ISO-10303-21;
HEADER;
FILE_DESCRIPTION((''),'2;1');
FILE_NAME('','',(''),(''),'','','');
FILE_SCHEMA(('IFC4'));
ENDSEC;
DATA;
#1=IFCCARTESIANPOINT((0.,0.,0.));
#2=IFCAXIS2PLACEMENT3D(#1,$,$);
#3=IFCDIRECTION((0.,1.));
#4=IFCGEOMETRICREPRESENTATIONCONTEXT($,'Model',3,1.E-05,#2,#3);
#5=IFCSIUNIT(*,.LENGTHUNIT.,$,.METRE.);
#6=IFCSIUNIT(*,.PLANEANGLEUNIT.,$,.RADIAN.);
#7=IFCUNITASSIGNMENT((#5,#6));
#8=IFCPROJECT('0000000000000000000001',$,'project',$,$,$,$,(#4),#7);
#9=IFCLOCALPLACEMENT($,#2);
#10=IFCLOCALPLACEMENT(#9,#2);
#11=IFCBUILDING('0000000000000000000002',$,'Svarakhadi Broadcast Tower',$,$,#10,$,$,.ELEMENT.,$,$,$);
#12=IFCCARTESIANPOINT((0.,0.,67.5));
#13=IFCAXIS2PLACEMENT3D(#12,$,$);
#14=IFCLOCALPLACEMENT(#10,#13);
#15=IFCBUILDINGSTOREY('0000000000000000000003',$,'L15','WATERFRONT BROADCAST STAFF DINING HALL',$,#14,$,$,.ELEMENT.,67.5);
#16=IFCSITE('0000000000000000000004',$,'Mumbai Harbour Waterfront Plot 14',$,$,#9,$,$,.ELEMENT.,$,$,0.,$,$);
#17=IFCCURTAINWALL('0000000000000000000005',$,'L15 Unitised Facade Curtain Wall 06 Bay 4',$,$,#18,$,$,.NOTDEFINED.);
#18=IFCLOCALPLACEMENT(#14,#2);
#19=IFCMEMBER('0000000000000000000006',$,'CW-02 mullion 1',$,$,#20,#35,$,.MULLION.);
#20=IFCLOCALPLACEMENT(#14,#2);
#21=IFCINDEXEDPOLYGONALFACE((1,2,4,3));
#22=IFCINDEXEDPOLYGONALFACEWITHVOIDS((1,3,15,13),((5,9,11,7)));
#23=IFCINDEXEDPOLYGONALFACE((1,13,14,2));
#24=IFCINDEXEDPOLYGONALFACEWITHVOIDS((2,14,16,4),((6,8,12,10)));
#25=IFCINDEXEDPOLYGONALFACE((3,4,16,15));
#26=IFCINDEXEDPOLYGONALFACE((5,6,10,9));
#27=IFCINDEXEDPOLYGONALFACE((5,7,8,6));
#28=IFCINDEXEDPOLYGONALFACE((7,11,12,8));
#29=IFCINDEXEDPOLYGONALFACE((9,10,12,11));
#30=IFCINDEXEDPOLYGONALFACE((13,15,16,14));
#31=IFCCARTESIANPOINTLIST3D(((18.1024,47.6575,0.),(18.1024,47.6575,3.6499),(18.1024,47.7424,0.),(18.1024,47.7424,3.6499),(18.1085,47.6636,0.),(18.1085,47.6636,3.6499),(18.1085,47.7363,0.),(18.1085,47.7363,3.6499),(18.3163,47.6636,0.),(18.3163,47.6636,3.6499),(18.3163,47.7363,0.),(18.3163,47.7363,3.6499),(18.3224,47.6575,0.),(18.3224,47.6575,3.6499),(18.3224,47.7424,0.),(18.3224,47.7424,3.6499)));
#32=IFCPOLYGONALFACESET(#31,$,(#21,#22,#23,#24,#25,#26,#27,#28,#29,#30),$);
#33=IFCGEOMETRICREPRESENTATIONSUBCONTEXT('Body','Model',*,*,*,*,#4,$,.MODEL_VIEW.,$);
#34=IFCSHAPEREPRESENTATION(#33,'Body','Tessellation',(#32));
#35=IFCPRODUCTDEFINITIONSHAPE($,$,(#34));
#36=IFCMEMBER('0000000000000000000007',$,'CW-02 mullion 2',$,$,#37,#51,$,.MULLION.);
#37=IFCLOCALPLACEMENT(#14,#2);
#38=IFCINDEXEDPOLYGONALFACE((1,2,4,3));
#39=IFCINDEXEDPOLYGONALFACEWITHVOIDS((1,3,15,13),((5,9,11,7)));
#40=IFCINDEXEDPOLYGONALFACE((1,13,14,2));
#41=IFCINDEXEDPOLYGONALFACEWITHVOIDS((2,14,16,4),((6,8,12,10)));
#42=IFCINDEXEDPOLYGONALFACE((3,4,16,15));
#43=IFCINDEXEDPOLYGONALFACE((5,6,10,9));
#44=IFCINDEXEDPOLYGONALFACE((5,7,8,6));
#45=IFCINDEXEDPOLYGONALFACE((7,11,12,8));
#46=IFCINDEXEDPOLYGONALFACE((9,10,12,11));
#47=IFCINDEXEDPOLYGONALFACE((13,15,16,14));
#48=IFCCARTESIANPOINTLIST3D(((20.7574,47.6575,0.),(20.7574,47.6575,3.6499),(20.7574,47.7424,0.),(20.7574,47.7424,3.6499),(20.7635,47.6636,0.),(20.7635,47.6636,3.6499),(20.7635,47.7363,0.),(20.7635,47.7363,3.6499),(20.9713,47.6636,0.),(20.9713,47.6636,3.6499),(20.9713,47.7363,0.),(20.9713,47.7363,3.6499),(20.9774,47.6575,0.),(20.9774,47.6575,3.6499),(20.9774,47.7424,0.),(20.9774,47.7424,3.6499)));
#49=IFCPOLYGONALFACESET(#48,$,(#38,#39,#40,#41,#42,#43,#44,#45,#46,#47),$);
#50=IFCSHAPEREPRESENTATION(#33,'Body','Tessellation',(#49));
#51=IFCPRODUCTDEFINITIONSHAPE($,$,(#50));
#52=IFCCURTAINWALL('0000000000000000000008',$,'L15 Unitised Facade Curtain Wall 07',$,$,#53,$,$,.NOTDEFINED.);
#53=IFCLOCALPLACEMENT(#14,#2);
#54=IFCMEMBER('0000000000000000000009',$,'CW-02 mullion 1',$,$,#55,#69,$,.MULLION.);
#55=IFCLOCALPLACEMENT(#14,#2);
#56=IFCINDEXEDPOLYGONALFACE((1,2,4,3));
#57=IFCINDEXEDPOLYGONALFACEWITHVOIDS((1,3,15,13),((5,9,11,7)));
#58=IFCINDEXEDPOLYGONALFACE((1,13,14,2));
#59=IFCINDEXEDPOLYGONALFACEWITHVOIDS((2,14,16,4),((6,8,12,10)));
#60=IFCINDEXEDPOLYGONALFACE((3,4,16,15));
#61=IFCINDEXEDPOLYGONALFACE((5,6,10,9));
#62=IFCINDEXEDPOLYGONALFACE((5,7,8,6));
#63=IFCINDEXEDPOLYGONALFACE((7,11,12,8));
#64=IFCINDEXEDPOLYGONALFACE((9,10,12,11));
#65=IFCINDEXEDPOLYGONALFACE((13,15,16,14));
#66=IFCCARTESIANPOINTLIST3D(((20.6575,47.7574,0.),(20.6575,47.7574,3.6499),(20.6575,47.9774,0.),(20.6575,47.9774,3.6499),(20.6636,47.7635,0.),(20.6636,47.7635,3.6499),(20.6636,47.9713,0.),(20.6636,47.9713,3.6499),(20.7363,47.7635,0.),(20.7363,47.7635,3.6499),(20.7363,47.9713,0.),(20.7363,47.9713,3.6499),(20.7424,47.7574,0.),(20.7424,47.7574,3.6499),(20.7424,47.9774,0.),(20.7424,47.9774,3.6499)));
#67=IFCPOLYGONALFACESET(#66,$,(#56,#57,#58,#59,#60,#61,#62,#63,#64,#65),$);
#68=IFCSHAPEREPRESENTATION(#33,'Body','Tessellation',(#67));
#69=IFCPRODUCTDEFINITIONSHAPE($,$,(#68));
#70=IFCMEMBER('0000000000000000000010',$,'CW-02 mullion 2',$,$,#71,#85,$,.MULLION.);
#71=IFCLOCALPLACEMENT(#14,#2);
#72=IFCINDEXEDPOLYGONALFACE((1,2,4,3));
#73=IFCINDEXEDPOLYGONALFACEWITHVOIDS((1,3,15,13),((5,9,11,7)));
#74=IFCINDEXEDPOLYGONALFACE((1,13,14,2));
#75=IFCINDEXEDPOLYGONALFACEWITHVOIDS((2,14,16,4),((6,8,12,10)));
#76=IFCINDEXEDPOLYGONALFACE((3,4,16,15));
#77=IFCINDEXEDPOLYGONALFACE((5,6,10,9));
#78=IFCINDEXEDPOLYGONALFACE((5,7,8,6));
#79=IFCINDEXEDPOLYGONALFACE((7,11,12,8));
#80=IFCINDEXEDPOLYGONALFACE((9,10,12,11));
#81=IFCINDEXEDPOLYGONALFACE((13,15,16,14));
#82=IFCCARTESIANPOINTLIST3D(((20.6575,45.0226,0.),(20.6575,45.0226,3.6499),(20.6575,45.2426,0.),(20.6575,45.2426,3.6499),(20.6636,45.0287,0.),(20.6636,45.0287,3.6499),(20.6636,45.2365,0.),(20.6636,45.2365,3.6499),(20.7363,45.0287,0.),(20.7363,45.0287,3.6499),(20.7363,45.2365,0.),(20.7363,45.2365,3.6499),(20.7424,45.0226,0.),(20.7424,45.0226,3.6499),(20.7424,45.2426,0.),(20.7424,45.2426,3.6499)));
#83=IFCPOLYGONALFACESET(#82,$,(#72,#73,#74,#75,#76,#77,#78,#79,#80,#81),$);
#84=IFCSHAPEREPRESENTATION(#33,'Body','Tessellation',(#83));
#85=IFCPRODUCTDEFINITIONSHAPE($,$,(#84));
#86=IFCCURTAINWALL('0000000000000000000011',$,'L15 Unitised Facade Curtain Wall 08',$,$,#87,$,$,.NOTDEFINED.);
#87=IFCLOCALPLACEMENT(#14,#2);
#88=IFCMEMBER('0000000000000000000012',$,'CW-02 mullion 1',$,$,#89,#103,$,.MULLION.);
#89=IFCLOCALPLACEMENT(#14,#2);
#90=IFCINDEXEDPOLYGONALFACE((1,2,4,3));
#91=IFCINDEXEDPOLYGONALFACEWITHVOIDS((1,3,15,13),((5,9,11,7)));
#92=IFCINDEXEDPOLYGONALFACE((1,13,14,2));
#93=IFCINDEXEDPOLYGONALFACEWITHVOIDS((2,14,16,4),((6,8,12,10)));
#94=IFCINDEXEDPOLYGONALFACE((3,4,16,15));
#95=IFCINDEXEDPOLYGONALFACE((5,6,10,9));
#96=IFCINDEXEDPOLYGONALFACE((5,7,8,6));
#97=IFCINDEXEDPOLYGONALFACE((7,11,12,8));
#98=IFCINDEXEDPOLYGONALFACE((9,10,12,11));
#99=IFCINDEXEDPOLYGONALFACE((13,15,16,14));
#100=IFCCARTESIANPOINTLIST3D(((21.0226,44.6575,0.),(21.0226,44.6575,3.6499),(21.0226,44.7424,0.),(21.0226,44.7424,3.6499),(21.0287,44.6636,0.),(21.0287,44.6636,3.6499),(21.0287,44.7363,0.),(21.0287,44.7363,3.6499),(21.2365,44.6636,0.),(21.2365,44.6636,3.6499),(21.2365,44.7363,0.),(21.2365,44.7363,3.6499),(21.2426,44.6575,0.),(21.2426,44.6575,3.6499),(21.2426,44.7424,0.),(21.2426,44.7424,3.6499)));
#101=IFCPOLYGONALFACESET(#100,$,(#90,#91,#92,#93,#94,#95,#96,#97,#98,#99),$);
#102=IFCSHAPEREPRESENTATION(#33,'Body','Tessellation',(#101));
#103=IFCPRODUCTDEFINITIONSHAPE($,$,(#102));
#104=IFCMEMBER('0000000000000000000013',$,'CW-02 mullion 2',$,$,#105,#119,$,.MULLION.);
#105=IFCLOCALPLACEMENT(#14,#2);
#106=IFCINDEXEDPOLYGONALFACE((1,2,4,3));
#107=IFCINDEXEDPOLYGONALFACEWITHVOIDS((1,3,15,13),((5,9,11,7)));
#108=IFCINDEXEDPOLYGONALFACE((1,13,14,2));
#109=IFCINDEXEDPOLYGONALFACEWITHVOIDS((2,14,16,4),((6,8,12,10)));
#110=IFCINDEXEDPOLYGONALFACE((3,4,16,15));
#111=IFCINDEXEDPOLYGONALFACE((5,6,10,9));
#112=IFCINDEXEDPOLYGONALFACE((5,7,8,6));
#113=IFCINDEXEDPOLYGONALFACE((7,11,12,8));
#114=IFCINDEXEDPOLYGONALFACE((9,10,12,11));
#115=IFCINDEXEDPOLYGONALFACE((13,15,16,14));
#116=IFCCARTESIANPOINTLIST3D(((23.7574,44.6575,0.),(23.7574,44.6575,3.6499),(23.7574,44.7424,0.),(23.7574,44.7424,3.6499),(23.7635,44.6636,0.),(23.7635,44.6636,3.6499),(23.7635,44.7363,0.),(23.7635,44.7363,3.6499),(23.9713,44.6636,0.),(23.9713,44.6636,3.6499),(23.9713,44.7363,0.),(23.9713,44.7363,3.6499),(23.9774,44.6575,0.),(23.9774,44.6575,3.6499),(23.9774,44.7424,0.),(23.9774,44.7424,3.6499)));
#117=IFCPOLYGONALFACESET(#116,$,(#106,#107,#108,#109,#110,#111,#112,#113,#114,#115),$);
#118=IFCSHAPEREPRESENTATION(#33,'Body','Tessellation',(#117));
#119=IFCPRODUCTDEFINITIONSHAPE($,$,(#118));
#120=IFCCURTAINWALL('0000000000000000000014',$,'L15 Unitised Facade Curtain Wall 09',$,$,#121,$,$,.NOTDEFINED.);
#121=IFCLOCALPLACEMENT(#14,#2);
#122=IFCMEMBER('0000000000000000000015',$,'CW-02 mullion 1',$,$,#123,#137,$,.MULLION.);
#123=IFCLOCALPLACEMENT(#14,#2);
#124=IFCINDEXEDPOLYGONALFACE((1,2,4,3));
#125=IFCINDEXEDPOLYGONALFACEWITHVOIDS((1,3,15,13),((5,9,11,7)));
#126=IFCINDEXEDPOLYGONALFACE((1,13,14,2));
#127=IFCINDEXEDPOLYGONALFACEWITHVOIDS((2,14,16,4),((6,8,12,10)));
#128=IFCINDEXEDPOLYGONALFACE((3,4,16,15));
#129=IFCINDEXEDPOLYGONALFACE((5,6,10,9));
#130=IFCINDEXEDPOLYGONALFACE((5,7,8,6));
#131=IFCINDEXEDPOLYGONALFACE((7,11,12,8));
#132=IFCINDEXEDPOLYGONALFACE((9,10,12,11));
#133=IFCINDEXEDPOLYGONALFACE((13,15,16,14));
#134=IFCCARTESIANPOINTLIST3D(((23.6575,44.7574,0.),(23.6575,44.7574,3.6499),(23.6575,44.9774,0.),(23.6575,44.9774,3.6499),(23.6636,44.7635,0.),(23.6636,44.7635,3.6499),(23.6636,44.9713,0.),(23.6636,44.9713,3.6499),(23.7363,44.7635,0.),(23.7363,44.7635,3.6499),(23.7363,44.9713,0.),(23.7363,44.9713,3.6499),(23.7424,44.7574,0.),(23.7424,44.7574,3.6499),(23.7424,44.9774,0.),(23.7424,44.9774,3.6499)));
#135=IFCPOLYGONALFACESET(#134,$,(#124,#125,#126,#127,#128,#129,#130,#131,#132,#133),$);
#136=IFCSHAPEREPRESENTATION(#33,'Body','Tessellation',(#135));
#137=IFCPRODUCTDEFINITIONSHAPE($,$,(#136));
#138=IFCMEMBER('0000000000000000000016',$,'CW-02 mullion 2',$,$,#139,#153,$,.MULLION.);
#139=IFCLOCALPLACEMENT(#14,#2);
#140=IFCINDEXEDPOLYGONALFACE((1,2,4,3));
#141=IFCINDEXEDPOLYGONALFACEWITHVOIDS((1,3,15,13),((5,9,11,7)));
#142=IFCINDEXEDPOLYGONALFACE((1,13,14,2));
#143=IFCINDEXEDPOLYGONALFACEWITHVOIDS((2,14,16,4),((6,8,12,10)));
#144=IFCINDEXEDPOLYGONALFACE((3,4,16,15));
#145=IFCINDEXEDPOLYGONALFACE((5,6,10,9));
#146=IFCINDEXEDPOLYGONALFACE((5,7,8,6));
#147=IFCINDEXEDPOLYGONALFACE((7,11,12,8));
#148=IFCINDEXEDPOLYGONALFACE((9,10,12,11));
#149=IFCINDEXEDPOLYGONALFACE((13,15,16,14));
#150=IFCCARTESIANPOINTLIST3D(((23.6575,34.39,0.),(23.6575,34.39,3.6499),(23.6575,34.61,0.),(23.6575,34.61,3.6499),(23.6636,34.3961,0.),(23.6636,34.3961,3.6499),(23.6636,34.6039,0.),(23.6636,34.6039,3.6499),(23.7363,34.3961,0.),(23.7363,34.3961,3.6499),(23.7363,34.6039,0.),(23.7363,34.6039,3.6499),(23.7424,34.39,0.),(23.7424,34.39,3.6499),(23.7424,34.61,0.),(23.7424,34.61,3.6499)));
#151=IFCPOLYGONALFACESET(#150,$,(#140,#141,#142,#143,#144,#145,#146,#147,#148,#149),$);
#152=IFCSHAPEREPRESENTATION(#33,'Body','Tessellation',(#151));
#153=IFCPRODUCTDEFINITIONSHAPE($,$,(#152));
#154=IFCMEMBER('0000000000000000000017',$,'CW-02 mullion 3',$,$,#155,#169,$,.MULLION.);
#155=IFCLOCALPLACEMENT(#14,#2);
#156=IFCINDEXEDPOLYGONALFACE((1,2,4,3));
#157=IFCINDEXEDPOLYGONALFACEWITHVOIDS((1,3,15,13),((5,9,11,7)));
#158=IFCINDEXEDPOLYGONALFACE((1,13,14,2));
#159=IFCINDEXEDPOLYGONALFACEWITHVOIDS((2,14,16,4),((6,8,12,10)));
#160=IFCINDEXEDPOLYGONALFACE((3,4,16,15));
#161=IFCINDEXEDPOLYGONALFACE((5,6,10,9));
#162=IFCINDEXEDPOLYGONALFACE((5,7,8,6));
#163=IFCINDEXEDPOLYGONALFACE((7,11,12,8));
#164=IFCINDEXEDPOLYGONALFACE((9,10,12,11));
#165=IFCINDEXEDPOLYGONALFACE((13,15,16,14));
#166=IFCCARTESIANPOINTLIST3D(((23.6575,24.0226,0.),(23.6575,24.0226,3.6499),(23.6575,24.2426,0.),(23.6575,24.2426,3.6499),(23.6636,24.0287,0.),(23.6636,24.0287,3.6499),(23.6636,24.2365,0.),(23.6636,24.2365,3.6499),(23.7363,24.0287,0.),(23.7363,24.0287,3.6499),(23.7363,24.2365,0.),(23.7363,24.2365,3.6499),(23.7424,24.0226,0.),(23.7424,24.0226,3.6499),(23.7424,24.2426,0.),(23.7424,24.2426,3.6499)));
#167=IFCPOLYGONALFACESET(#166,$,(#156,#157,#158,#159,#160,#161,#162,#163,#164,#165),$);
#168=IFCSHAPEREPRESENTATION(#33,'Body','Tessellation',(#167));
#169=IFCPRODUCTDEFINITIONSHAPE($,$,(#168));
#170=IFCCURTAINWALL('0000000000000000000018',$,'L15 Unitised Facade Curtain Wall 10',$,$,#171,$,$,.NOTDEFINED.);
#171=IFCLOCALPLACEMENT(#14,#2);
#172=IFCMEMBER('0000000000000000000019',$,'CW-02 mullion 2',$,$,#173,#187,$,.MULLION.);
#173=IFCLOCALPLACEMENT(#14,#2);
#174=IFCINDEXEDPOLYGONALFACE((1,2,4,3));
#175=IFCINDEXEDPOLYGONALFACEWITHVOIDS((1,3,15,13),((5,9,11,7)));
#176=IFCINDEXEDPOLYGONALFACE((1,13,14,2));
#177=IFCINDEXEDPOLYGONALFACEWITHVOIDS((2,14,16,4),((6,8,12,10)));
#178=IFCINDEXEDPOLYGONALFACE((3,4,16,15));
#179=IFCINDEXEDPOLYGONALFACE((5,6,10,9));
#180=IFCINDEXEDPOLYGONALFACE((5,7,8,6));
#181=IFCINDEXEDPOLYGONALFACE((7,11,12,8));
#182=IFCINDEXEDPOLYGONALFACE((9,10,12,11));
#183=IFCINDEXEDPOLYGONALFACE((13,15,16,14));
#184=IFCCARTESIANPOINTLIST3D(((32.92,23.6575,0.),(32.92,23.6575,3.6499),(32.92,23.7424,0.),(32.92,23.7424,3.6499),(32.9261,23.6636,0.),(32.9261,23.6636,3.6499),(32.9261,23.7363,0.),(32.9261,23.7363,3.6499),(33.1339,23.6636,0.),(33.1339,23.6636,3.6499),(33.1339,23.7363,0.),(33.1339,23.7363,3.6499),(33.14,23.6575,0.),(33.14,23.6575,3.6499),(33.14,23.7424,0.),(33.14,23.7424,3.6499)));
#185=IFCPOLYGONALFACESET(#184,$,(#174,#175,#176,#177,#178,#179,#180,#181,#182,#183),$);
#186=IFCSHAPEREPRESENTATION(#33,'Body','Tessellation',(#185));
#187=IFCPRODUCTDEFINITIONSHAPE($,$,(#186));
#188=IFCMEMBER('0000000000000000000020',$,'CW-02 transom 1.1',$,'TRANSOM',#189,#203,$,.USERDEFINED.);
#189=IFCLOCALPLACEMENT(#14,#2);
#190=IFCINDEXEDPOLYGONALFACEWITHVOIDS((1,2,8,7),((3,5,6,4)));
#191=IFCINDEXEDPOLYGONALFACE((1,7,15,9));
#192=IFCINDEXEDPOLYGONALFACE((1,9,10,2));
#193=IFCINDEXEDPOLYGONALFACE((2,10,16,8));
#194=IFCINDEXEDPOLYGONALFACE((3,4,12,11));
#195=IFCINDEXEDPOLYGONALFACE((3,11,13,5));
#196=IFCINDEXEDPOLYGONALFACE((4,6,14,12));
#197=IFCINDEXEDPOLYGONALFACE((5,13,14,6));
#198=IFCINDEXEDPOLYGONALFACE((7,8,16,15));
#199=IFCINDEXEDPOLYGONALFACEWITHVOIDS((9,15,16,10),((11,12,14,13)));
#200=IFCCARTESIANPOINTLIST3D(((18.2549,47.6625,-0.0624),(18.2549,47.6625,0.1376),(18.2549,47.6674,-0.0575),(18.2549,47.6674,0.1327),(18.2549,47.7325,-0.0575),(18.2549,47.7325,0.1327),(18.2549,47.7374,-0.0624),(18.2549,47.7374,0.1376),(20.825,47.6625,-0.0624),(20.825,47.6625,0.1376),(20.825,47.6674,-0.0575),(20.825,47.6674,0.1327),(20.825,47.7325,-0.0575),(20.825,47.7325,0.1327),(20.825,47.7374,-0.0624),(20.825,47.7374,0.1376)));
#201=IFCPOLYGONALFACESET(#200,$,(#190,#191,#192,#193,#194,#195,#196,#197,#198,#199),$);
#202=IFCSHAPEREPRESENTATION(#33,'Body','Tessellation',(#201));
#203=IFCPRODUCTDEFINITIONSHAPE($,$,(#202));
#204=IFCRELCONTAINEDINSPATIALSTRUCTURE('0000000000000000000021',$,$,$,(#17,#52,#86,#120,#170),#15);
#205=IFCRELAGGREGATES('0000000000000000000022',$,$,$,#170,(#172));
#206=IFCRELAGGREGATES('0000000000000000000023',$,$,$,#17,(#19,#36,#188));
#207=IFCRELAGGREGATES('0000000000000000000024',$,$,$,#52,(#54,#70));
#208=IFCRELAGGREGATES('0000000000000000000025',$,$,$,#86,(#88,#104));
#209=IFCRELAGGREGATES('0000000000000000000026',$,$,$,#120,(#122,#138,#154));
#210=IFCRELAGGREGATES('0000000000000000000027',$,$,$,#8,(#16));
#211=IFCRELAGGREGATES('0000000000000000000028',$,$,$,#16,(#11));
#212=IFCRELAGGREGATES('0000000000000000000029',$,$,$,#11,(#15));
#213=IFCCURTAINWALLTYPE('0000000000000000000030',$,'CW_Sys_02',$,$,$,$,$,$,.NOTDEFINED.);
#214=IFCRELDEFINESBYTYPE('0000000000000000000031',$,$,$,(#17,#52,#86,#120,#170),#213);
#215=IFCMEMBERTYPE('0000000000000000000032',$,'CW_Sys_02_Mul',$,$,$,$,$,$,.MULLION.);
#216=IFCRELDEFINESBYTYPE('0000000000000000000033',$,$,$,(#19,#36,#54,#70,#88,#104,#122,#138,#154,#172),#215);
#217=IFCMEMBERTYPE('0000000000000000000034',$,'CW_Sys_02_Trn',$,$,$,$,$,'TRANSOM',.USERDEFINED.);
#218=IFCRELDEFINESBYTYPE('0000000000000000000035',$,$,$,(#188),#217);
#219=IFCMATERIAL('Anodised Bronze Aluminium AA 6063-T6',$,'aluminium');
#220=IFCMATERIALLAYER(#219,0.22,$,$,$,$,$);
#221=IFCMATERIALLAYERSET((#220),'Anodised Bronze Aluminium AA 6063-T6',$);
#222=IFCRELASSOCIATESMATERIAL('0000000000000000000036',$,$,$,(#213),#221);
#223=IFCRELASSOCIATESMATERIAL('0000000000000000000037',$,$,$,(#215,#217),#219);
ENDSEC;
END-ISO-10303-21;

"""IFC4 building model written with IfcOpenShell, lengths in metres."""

from ifc_helpers import new_model, si_unit, direction, frame, origin, origin_2d, place, context, subcontext, project, spatial, hollow_rectangle, extrude, material, layer, layer_set, material_profile, profile_set, type_object, element, aggregate, save


model = new_model("IFC4")

# Units and contexts
model_context = context("Model", 3, precision=1e-05, world=origin(), true_north=direction((0.0, 1.0)))
body_context = subcontext(model_context, "Body", "Model", "MODEL_VIEW")
ifc_project = project(units=[si_unit("LENGTHUNIT", "METRE"), si_unit("PLANEANGLEUNIT", "RADIAN")], contexts=[model_context])

# Site, building, storey
site_placement = place(None, origin())
site = spatial("IfcSite", under=ifc_project, at=site_placement, Name="Mumbai Harbour Waterfront Plot 14", CompositionType="ELEMENT", RefElevation=0.0)
building_placement = place(site_placement, origin())
building = spatial("IfcBuilding", under=site, at=building_placement, Name="Svarakhadi Broadcast Tower", CompositionType="ELEMENT")
storey_placement = place(building_placement, frame((0.0, 0.0, 67.5)))
storey = spatial("IfcBuildingStorey", under=building, at=storey_placement, Name="L15", Description="WATERFRONT BROADCAST STAFF DINING HALL", CompositionType="ELEMENT", Elevation=67.5)

# Curtain walls, members
ifc_material_1 = material(Name="Anodised Bronze Aluminium AA 6063-T6", Category="aluminium")
ifc_layer_1 = layer(ifc_material_1, 0.22)
ifc_layer_set_1 = layer_set([ifc_layer_1], Name="Anodised Bronze Aluminium AA 6063-T6")
curtain_wall_type = type_object("IfcCurtainWallType", Name="CW_Sys_02", PredefinedType="NOTDEFINED", material=ifc_layer_set_1)
curtain_wall_1_placement = place(storey_placement, origin())
curtain_wall_1 = element("IfcCurtainWall", 1, at=curtain_wall_1_placement, inside=storey, type_object=curtain_wall_type, Name="L15 Unitised Facade Curtain Wall 06 Bay 4", PredefinedType="NOTDEFINED")
ifc_material_profile_1 = material_profile(ifc_material_1, hollow_rectangle(XDim=0.085, YDim=0.22, WallThickness=0.0061, at=origin_2d()), Name="ALU MULLION 220x85x6")
ifc_profile_set_1 = profile_set([ifc_material_profile_1], Name="Anodised Bronze Aluminium AA 6063-T6")
member_type_1 = type_object("IfcMemberType", Name="CW_Sys_02_Mul", PredefinedType="MULLION", material=ifc_profile_set_1)
member_1_placement = place(storey_placement, frame((18.2124, 47.7, 0.0), z_axis=(0.0, 0.0, 1.0), x_axis=(0.0, 1.0, 0.0)))
member_1 = element("IfcMember", 2, at=member_1_placement, type_object=member_type_1, Name="CW-02 mullion 1", PredefinedType="MULLION", context=body_context, shape_type="SweptSolid", body=[
    extrude(hollow_rectangle(XDim=0.085, YDim=0.22, WallThickness=0.0061, at=origin_2d()), origin(), (0.0, 0.0, 1.0), 3.6499),
])
member_2_placement = place(storey_placement, frame((20.8674, 47.7, 0.0), z_axis=(0.0, 0.0, 1.0), x_axis=(0.0, 1.0, 0.0)))
member_2 = element("IfcMember", 3, at=member_2_placement, type_object=member_type_1, Name="CW-02 mullion 2", PredefinedType="MULLION", context=body_context, shape_type="SweptSolid", body=[
    extrude(hollow_rectangle(XDim=0.085, YDim=0.22, WallThickness=0.0061, at=origin_2d()), origin(), (0.0, 0.0, 1.0), 3.6499),
])
curtain_wall_2_placement = place(storey_placement, origin())
curtain_wall_2 = element("IfcCurtainWall", 4, at=curtain_wall_2_placement, inside=storey, type_object=curtain_wall_type, Name="L15 Unitised Facade Curtain Wall 07", PredefinedType="NOTDEFINED")
member_3_placement = place(storey_placement, frame((20.7, 47.8674, 0.0), z_axis=(0.0, 0.0, 1.0), x_axis=(1.0, 0.0, 0.0)))
member_3 = element("IfcMember", 5, at=member_3_placement, type_object=member_type_1, Name="CW-02 mullion 1", PredefinedType="MULLION", context=body_context, shape_type="SweptSolid", body=[
    extrude(hollow_rectangle(XDim=0.085, YDim=0.22, WallThickness=0.0061, at=origin_2d()), origin(), (0.0, 0.0, 1.0), 3.6499),
])
member_4_placement = place(storey_placement, frame((20.7, 45.1326, 0.0), z_axis=(0.0, 0.0, 1.0), x_axis=(1.0, 0.0, 0.0)))
member_4 = element("IfcMember", 6, at=member_4_placement, type_object=member_type_1, Name="CW-02 mullion 2", PredefinedType="MULLION", context=body_context, shape_type="SweptSolid", body=[
    extrude(hollow_rectangle(XDim=0.085, YDim=0.22, WallThickness=0.0061, at=origin_2d()), origin(), (0.0, 0.0, 1.0), 3.6499),
])
curtain_wall_3_placement = place(storey_placement, origin())
curtain_wall_3 = element("IfcCurtainWall", 7, at=curtain_wall_3_placement, inside=storey, type_object=curtain_wall_type, Name="L15 Unitised Facade Curtain Wall 08", PredefinedType="NOTDEFINED")
member_5_placement = place(storey_placement, frame((21.1326, 44.7, 0.0), z_axis=(0.0, 0.0, 1.0), x_axis=(0.0, 1.0, 0.0)))
member_5 = element("IfcMember", 8, at=member_5_placement, type_object=member_type_1, Name="CW-02 mullion 1", PredefinedType="MULLION", context=body_context, shape_type="SweptSolid", body=[
    extrude(hollow_rectangle(XDim=0.085, YDim=0.22, WallThickness=0.0061, at=origin_2d()), origin(), (0.0, 0.0, 1.0), 3.6499),
])
member_6_placement = place(storey_placement, frame((23.8674, 44.7, 0.0), z_axis=(0.0, 0.0, 1.0), x_axis=(0.0, 1.0, 0.0)))
member_6 = element("IfcMember", 9, at=member_6_placement, type_object=member_type_1, Name="CW-02 mullion 2", PredefinedType="MULLION", context=body_context, shape_type="SweptSolid", body=[
    extrude(hollow_rectangle(XDim=0.085, YDim=0.22, WallThickness=0.0061, at=origin_2d()), origin(), (0.0, 0.0, 1.0), 3.6499),
])
curtain_wall_4_placement = place(storey_placement, origin())
curtain_wall_4 = element("IfcCurtainWall", 10, at=curtain_wall_4_placement, inside=storey, type_object=curtain_wall_type, Name="L15 Unitised Facade Curtain Wall 09", PredefinedType="NOTDEFINED")
member_7_placement = place(storey_placement, frame((23.7, 44.8674, 0.0), z_axis=(0.0, 0.0, 1.0), x_axis=(1.0, 0.0, 0.0)))
member_7 = element("IfcMember", 11, at=member_7_placement, type_object=member_type_1, Name="CW-02 mullion 1", PredefinedType="MULLION", context=body_context, shape_type="SweptSolid", body=[
    extrude(hollow_rectangle(XDim=0.085, YDim=0.22, WallThickness=0.0061, at=origin_2d()), origin(), (0.0, 0.0, 1.0), 3.6499),
])
member_8_placement = place(storey_placement, frame((23.7, 34.5, 0.0), z_axis=(0.0, 0.0, 1.0), x_axis=(1.0, 0.0, 0.0)))
member_8 = element("IfcMember", 12, at=member_8_placement, type_object=member_type_1, Name="CW-02 mullion 2", PredefinedType="MULLION", context=body_context, shape_type="SweptSolid", body=[
    extrude(hollow_rectangle(XDim=0.085, YDim=0.22, WallThickness=0.0061, at=origin_2d()), origin(), (0.0, 0.0, 1.0), 3.6499),
])
member_9_placement = place(storey_placement, frame((23.7, 24.1326, 0.0), z_axis=(0.0, 0.0, 1.0), x_axis=(1.0, 0.0, 0.0)))
member_9 = element("IfcMember", 13, at=member_9_placement, type_object=member_type_1, Name="CW-02 mullion 3", PredefinedType="MULLION", context=body_context, shape_type="SweptSolid", body=[
    extrude(hollow_rectangle(XDim=0.085, YDim=0.22, WallThickness=0.0061, at=origin_2d()), origin(), (0.0, 0.0, 1.0), 3.6499),
])

# Curtain wall, member
curtain_wall_5_placement = place(storey_placement, origin())
curtain_wall_5 = element("IfcCurtainWall", 14, at=curtain_wall_5_placement, inside=storey, type_object=curtain_wall_type, Name="L15 Unitised Facade Curtain Wall 10", PredefinedType="NOTDEFINED")
member_10_placement = place(storey_placement, frame((33.03, 23.7, 0.0), z_axis=(0.0, 0.0, 1.0), x_axis=(0.0, 1.0, 0.0)))
member_10 = element("IfcMember", 15, at=member_10_placement, type_object=member_type_1, Name="CW-02 mullion 2", PredefinedType="MULLION", context=body_context, shape_type="SweptSolid", body=[
    extrude(hollow_rectangle(XDim=0.085, YDim=0.22, WallThickness=0.0061, at=origin_2d()), origin(), (0.0, 0.0, 1.0), 3.6499),
])

# Member
ifc_material_profile_2 = material_profile(ifc_material_1, hollow_rectangle(XDim=0.075, YDim=0.2, WallThickness=0.0049, at=origin_2d()), Name="ALU TRANSOM 200x75x5")
ifc_profile_set_2 = profile_set([ifc_material_profile_2], Name="Anodised Bronze Aluminium AA 6063-T6")
member_type_2 = type_object("IfcMemberType", Name="CW_Sys_02_Trn", ElementType="TRANSOM", PredefinedType="USERDEFINED", material=ifc_profile_set_2)
member_11_placement = place(storey_placement, frame((18.2549, 47.7, 0.0376), z_axis=(1.0, 0.0, 0.0), x_axis=(0.0, 1.0, 0.0)))
member_11 = element("IfcMember", 16, at=member_11_placement, type_object=member_type_2, Name="CW-02 transom 1.1", ObjectType="TRANSOM", PredefinedType="USERDEFINED", context=body_context, shape_type="SweptSolid", body=[
    extrude(hollow_rectangle(XDim=0.075, YDim=0.2, WallThickness=0.0049, at=origin_2d()), origin(), (0.0, 0.0, 1.0), 2.5701),
])
aggregate(curtain_wall_5, [member_10])

aggregate(curtain_wall_1, [member_1, member_2, member_11])
aggregate(curtain_wall_2, [member_3, member_4])
aggregate(curtain_wall_3, [member_5, member_6])
aggregate(curtain_wall_4, [member_7, member_8, member_9])

save(model, "model.ifc")
